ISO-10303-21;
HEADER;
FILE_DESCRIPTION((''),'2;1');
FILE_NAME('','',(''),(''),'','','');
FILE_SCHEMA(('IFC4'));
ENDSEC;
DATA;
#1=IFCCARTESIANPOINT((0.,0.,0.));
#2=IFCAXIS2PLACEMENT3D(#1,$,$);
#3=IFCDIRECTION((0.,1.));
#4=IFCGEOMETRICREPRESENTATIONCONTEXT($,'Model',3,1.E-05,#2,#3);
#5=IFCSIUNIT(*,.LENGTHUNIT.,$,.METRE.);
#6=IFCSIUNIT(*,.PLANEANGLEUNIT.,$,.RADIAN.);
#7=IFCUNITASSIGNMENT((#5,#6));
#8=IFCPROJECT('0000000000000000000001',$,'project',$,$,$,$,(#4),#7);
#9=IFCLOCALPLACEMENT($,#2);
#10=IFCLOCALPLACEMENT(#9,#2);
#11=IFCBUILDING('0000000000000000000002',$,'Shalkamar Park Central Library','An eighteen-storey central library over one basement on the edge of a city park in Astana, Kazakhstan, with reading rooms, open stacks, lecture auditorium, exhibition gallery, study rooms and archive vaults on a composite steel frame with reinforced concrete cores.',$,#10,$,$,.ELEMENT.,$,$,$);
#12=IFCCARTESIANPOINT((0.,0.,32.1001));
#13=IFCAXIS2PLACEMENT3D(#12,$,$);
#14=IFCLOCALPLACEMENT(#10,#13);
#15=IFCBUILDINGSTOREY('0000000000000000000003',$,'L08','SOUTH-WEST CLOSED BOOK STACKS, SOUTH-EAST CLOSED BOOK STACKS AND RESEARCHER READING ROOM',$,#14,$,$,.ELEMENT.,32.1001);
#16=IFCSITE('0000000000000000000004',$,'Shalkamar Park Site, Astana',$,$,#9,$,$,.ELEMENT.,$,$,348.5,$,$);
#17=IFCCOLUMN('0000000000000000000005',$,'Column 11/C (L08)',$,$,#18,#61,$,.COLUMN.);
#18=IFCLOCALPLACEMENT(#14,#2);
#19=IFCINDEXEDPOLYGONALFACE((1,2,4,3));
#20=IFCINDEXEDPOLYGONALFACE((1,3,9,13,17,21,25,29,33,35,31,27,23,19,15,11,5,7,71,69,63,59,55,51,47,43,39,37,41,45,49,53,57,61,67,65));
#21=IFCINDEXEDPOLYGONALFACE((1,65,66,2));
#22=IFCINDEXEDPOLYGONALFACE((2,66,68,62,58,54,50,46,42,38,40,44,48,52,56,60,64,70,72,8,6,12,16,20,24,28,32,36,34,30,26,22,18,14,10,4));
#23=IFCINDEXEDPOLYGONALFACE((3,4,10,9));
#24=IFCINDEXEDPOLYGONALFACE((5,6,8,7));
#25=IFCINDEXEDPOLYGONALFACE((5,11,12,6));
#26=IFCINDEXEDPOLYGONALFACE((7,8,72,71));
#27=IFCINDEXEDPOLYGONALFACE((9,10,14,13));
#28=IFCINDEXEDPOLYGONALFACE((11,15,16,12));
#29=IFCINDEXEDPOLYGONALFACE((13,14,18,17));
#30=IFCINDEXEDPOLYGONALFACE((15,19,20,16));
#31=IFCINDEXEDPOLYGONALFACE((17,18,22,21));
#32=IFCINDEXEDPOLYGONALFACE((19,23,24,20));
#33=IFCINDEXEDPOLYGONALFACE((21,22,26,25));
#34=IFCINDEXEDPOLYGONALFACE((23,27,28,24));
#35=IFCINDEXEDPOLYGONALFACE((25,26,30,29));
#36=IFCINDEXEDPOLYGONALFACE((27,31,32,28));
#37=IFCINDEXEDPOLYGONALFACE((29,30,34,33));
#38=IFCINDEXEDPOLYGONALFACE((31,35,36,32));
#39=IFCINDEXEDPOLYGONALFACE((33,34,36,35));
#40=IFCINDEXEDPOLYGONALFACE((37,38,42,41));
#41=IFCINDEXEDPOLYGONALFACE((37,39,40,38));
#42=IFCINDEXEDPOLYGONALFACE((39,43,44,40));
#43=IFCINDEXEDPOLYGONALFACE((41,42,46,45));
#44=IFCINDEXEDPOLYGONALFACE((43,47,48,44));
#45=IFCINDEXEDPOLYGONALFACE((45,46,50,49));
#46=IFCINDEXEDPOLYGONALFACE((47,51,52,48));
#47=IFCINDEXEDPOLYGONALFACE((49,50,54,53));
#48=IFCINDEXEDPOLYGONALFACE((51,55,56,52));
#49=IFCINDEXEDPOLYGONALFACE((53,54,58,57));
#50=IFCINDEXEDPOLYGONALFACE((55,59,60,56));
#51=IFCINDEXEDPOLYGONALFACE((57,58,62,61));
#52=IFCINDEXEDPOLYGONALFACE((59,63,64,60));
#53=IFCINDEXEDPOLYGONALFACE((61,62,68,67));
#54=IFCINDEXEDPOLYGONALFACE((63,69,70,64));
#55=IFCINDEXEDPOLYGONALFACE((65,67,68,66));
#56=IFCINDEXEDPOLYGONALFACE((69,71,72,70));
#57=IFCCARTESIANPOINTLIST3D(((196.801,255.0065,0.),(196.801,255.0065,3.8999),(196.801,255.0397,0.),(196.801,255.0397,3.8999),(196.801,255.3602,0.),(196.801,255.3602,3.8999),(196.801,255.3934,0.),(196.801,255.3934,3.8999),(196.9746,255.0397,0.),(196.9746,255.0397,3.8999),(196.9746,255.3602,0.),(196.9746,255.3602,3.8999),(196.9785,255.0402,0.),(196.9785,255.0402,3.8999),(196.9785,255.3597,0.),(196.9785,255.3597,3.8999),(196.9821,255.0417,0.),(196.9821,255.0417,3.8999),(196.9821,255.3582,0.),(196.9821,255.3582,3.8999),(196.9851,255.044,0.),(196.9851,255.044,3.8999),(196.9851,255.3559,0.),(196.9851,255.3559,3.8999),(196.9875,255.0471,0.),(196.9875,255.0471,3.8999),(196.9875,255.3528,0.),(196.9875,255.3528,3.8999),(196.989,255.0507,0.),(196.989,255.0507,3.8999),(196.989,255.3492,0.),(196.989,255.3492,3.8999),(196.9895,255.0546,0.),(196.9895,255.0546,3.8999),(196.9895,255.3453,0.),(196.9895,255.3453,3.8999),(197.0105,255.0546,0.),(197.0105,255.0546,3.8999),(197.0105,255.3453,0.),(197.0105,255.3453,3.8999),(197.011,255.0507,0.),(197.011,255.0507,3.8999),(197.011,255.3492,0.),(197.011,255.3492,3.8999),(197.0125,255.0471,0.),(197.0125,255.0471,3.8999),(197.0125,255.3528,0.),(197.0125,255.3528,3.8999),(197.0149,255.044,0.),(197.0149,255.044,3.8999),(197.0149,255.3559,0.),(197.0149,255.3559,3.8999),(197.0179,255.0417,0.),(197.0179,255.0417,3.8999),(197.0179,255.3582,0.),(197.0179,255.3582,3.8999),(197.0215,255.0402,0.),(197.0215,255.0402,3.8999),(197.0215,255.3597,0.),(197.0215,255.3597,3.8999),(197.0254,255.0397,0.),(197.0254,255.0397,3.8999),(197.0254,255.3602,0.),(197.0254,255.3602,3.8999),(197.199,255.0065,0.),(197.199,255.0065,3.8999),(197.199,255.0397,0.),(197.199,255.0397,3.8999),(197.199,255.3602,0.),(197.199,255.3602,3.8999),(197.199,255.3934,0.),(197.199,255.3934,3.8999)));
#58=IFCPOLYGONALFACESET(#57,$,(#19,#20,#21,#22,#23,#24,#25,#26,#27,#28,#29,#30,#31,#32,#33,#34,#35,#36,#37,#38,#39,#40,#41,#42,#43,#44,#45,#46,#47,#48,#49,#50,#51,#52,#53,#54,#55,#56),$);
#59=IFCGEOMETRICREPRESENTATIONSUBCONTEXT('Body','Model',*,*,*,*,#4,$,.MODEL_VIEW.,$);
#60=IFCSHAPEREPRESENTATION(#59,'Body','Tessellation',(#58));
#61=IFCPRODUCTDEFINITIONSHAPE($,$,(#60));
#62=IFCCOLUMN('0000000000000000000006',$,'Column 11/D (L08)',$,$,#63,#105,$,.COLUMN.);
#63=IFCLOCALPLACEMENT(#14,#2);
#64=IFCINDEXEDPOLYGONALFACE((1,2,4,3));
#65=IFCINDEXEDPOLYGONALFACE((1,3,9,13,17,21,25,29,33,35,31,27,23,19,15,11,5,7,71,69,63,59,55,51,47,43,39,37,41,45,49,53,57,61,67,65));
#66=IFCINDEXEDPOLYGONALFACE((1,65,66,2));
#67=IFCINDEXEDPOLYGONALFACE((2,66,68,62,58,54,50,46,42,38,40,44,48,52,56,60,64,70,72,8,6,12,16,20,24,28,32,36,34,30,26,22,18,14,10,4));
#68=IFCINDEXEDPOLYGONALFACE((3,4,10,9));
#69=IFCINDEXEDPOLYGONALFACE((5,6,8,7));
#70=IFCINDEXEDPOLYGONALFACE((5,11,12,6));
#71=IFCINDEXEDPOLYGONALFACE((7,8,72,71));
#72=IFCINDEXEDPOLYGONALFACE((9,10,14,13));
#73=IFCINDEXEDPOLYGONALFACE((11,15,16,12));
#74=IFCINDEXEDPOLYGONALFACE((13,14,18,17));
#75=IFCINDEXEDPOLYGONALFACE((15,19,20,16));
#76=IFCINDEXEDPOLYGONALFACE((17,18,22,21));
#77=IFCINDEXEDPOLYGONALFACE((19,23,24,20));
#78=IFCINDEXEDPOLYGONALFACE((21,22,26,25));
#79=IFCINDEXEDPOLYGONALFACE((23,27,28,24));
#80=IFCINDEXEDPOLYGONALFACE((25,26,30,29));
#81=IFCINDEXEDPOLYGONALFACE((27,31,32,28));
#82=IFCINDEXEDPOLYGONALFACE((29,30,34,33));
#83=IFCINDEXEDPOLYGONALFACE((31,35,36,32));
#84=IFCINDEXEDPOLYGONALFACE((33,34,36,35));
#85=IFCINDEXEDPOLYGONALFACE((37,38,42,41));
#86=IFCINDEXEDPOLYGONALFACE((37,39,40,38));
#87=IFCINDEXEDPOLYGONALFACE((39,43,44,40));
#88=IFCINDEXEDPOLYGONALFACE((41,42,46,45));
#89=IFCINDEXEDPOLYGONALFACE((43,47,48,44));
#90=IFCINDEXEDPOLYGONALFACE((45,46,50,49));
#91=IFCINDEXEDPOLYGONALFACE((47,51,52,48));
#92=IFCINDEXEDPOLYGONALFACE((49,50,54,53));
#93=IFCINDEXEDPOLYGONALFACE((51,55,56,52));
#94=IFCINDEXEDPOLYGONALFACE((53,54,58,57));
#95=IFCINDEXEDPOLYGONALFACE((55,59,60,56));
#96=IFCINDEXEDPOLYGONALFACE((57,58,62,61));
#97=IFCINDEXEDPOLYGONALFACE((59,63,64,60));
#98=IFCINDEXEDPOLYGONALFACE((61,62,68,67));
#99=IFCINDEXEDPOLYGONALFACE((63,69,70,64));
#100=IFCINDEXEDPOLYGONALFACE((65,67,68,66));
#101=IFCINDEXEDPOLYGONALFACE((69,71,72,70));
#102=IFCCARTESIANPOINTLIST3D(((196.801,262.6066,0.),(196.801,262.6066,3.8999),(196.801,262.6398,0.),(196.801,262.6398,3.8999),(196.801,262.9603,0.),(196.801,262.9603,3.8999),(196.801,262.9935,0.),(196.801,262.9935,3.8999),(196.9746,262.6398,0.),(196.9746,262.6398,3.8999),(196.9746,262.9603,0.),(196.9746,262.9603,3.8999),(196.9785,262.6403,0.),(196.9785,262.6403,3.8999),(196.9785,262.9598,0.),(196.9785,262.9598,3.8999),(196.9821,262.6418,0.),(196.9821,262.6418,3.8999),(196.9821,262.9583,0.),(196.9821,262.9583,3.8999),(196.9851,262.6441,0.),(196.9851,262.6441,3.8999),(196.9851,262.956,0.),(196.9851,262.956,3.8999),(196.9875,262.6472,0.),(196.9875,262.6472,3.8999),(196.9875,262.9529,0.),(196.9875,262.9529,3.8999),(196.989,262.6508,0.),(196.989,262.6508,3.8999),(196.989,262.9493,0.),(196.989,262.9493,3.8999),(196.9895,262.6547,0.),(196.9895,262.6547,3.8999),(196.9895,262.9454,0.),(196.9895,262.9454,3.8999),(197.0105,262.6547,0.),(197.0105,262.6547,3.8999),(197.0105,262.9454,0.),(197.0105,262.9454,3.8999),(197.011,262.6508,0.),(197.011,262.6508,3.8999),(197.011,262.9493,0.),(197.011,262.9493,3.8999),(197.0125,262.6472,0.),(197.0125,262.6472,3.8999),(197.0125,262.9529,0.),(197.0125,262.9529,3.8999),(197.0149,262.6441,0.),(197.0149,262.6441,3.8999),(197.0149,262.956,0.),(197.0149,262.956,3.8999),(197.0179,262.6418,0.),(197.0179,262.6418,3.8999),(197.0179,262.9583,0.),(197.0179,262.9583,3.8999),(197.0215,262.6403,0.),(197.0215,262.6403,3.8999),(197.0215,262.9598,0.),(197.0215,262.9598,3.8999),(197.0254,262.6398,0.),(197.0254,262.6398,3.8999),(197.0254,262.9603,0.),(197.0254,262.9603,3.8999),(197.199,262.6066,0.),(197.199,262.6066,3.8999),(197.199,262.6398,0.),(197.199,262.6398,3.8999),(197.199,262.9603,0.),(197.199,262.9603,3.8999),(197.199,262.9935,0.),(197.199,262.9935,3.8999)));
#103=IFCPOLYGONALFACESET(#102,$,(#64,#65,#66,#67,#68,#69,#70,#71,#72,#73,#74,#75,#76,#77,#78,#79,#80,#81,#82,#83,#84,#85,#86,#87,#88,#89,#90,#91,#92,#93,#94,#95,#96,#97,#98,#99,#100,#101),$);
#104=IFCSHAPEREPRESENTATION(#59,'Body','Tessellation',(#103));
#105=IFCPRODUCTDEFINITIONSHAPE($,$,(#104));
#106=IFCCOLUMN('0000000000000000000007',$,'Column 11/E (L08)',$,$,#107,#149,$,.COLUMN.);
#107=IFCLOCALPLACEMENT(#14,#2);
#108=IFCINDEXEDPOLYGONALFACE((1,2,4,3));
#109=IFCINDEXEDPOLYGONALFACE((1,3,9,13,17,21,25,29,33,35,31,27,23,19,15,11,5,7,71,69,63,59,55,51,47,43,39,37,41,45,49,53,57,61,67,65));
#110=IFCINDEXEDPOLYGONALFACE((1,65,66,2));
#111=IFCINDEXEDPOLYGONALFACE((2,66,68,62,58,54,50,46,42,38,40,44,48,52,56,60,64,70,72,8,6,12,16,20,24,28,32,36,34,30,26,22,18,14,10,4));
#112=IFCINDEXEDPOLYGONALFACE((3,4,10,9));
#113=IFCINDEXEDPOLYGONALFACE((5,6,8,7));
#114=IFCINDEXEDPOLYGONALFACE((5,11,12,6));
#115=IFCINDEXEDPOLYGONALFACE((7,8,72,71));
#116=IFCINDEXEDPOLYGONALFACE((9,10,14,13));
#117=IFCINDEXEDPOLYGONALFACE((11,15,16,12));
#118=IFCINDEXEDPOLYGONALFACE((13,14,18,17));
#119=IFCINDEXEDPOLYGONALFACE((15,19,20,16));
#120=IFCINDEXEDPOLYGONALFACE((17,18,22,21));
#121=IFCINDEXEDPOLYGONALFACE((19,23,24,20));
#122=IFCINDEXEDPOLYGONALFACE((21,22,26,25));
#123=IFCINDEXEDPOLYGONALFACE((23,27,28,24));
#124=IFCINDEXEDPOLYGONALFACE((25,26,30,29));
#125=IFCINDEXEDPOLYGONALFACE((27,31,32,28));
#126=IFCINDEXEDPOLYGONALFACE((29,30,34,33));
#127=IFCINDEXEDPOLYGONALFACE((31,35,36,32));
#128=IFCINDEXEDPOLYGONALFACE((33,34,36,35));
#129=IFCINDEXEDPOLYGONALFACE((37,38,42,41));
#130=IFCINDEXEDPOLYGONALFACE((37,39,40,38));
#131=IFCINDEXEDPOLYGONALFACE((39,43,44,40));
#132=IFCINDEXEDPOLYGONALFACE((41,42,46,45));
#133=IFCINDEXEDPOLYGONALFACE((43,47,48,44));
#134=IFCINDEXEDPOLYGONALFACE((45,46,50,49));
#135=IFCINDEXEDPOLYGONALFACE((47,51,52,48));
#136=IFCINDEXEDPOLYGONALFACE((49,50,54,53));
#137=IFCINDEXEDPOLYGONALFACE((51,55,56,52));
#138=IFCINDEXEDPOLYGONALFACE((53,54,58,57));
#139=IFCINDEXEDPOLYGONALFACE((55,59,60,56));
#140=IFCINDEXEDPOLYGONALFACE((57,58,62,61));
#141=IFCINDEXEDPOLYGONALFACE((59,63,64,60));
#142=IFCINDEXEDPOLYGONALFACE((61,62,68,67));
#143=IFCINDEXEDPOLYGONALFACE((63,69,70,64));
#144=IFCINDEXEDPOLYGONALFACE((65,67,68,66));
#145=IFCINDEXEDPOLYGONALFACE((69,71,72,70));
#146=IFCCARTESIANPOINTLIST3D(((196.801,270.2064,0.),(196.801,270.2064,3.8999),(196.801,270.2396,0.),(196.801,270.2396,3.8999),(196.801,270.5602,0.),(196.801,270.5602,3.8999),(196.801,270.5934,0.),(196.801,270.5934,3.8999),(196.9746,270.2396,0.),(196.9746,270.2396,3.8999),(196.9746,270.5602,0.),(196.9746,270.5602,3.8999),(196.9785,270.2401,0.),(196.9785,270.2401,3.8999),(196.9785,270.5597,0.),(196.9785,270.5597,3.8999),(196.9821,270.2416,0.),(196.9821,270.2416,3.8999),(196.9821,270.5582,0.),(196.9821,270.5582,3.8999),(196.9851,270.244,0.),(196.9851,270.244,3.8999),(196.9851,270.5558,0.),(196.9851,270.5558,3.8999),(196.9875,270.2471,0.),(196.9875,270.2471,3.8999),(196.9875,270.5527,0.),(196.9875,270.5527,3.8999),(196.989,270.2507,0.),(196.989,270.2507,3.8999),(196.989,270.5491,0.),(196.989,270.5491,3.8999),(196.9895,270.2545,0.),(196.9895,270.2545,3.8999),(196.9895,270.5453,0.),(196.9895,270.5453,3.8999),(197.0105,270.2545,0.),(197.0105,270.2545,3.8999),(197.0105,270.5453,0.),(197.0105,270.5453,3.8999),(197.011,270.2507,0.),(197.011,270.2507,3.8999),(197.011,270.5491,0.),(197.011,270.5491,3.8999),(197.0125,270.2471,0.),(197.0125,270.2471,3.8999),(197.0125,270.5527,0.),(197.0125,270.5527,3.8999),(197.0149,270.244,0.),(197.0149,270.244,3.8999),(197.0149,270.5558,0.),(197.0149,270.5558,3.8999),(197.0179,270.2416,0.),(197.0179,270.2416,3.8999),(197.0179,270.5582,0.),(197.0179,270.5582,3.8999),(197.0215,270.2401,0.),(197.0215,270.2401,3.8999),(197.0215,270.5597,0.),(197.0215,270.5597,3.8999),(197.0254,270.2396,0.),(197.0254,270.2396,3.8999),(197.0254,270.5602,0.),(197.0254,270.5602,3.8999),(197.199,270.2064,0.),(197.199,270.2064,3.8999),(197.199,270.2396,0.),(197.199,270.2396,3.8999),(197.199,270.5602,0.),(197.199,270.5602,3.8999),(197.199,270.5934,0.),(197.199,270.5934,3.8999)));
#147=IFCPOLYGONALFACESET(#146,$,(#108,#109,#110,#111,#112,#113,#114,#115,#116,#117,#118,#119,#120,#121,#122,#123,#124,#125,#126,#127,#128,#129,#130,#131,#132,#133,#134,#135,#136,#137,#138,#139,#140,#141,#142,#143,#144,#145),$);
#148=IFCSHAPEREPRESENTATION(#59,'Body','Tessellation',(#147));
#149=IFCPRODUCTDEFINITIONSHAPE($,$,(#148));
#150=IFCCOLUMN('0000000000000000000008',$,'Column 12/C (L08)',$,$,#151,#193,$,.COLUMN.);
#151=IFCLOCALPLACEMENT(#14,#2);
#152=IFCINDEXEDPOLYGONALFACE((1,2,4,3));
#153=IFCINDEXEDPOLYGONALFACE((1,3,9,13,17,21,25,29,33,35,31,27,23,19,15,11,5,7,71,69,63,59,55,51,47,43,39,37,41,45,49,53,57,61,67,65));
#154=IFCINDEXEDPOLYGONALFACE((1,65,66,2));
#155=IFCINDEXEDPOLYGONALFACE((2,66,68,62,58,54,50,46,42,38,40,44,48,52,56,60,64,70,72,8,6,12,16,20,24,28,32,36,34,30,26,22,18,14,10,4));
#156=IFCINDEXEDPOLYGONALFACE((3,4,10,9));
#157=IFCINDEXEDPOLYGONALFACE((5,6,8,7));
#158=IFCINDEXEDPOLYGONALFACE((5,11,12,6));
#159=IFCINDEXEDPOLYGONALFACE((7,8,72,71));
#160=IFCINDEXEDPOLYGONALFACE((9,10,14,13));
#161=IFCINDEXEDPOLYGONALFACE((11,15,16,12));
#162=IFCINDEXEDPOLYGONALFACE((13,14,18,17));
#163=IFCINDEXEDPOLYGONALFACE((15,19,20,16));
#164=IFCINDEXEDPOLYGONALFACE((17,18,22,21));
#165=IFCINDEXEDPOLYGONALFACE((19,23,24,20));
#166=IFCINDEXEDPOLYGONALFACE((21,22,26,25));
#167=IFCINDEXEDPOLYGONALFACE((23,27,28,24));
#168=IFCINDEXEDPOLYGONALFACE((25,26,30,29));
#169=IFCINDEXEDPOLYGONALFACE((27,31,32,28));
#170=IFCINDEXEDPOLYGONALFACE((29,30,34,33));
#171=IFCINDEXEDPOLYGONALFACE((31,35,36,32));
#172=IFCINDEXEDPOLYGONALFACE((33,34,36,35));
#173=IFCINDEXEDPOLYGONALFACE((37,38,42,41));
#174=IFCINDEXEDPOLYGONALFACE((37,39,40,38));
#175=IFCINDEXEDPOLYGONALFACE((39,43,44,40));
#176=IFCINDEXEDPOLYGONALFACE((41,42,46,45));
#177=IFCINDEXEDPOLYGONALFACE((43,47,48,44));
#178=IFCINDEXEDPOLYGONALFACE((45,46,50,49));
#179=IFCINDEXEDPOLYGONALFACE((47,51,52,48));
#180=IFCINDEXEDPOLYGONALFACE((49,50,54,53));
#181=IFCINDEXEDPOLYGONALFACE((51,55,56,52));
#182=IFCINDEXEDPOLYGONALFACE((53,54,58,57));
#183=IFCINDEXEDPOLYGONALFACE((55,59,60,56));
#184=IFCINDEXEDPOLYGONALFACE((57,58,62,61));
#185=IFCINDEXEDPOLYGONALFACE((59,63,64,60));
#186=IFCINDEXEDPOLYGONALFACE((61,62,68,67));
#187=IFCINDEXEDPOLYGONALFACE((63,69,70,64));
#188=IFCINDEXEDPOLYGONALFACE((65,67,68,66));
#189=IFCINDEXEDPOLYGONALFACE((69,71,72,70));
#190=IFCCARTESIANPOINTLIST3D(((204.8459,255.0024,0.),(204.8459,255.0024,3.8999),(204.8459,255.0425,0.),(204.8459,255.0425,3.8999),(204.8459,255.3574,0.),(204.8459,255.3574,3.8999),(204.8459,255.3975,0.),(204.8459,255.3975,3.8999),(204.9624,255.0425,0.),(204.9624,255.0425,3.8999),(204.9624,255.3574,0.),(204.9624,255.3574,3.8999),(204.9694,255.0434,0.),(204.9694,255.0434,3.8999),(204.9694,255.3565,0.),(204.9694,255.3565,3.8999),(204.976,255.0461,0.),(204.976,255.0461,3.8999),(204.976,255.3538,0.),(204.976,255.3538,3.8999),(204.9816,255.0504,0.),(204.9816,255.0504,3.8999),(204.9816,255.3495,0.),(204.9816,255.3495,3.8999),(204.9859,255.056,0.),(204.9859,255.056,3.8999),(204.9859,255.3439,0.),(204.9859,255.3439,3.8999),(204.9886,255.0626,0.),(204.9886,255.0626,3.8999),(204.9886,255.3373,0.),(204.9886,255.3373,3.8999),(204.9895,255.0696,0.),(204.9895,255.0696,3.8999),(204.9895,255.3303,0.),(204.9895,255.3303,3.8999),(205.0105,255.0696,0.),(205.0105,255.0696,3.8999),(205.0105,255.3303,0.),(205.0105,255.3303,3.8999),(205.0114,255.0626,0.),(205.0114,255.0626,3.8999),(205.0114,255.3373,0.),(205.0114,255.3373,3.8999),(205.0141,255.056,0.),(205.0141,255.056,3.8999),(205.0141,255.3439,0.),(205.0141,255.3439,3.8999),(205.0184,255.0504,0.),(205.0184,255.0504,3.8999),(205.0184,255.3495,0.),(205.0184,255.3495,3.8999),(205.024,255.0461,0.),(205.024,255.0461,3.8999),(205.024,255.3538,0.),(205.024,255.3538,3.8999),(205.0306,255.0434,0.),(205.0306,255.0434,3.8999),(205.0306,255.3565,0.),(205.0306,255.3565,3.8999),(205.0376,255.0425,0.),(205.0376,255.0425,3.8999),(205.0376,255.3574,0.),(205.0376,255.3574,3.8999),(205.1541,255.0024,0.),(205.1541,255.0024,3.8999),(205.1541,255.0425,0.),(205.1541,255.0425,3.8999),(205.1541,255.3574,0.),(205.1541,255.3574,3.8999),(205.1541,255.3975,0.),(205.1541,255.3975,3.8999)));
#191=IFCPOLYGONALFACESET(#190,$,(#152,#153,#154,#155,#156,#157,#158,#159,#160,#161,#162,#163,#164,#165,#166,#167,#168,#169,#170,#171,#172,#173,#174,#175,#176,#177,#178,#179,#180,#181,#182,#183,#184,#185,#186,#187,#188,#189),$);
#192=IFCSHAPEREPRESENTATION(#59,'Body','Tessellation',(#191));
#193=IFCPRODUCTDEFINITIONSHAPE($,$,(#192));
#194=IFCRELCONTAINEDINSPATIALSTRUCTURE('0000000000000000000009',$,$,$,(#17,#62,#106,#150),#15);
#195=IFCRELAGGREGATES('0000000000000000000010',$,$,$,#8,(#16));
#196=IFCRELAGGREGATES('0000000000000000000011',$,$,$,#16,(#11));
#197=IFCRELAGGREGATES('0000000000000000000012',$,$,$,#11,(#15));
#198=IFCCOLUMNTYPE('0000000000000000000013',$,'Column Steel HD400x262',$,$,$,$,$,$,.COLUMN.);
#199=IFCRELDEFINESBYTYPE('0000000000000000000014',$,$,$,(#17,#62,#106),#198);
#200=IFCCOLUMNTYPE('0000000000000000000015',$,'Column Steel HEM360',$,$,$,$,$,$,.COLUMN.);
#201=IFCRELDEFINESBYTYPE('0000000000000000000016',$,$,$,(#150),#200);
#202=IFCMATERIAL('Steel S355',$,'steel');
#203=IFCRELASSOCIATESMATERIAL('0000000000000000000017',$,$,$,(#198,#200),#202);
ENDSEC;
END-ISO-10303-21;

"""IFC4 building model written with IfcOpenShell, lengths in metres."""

from ifc_helpers import new_model, si_unit, direction, frame, origin, origin_2d, place, context, subcontext, project, spatial, i_section, extrude, material, material_profile, profile_set, type_object, element, save


model = new_model("IFC4")

# Units and contexts
model_context = context("Model", 3, precision=1e-05, world=origin(), true_north=direction((0.0, 1.0)))
body_context = subcontext(model_context, "Body", "Model", "MODEL_VIEW")
ifc_project = project(units=[si_unit("LENGTHUNIT", "METRE"), si_unit("PLANEANGLEUNIT", "RADIAN")], contexts=[model_context])

# Site, building, storey
site_placement = place(None, origin())
site = spatial("IfcSite", under=ifc_project, at=site_placement, Name="Shalkamar Park Site, Astana", CompositionType="ELEMENT", RefElevation=348.5)
building_placement = place(site_placement, origin())
building = spatial("IfcBuilding", under=site, at=building_placement, Name="Shalkamar Park Central Library", Description="An eighteen-storey central library over one basement on the edge of a city park in Astana, Kazakhstan, with reading rooms, open stacks, lecture auditorium, exhibition gallery, study rooms and archive vaults on a composite steel frame with reinforced concrete cores.", CompositionType="ELEMENT")
storey_placement = place(building_placement, frame((0.0, 0.0, 32.1001)))
storey = spatial("IfcBuildingStorey", under=building, at=storey_placement, Name="L08", Description="SOUTH-WEST CLOSED BOOK STACKS, SOUTH-EAST CLOSED BOOK STACKS AND RESEARCHER READING ROOM", CompositionType="ELEMENT", Elevation=32.1001)

# Columns
ifc_material_1 = material(Name="Steel S355", Category="steel")
ifc_material_profile_1 = material_profile(ifc_material_1, i_section(OverallWidth=0.3979, OverallDepth=0.387, WebThickness=0.021, FlangeThickness=0.0332, FilletRadius=0.0149, at=origin_2d()), Name="HD 400x262")
ifc_profile_set_1 = profile_set([ifc_material_profile_1], Name="Steel S355")
column_type_1 = type_object("IfcColumnType", Name="Column Steel HD400x262", PredefinedType="COLUMN", material=ifc_profile_set_1)
for number, where, z_axis, x_axis, name in (
    (1, (197.0, 255.2, 0.0), (0.0, 0.0, 1.0), (1.0, 0.0, 0.0), "Column 11/C (L08)"),
    (2, (197.0, 262.8, 0.0), (0.0, 0.0, 1.0), (1.0, 0.0, 0.0), "Column 11/D (L08)"),
    (3, (197.0, 270.3999, 0.0), (0.0, 0.0, 1.0), (1.0, 0.0, 0.0), "Column 11/E (L08)"),
):
    element("IfcColumn", number, at=place(storey_placement, frame(where, z_axis=z_axis, x_axis=x_axis)), inside=storey, type_object=column_type_1, Name=name, PredefinedType="COLUMN", context=body_context, shape_type="SweptSolid", body=[
        extrude(i_section(OverallWidth=0.3979, OverallDepth=0.387, WebThickness=0.021, FlangeThickness=0.0332, FilletRadius=0.0149, at=origin_2d()), origin(), (0.0, 0.0, 1.0), 3.8999),
    ])
ifc_material_profile_2 = material_profile(ifc_material_1, i_section(OverallWidth=0.3081, OverallDepth=0.395, WebThickness=0.021, FlangeThickness=0.04, FilletRadius=0.0271, at=origin_2d()), Name="HEM 360")
ifc_profile_set_2 = profile_set([ifc_material_profile_2], Name="Steel S355")
column_type_2 = type_object("IfcColumnType", Name="Column Steel HEM360", PredefinedType="COLUMN", material=ifc_profile_set_2)
for number, where, z_axis, x_axis, name in (
    (4, (205.0, 255.2, 0.0), (0.0, 0.0, 1.0), (1.0, 0.0, 0.0), "Column 12/C (L08)"),
):
    element("IfcColumn", number, at=place(storey_placement, frame(where, z_axis=z_axis, x_axis=x_axis)), inside=storey, type_object=column_type_2, Name=name, PredefinedType="COLUMN", context=body_context, shape_type="SweptSolid", body=[
        extrude(i_section(OverallWidth=0.3081, OverallDepth=0.395, WebThickness=0.021, FlangeThickness=0.04, FilletRadius=0.0271, at=origin_2d()), origin(), (0.0, 0.0, 1.0), 3.8999),
    ])

save(model, "model.ifc")
